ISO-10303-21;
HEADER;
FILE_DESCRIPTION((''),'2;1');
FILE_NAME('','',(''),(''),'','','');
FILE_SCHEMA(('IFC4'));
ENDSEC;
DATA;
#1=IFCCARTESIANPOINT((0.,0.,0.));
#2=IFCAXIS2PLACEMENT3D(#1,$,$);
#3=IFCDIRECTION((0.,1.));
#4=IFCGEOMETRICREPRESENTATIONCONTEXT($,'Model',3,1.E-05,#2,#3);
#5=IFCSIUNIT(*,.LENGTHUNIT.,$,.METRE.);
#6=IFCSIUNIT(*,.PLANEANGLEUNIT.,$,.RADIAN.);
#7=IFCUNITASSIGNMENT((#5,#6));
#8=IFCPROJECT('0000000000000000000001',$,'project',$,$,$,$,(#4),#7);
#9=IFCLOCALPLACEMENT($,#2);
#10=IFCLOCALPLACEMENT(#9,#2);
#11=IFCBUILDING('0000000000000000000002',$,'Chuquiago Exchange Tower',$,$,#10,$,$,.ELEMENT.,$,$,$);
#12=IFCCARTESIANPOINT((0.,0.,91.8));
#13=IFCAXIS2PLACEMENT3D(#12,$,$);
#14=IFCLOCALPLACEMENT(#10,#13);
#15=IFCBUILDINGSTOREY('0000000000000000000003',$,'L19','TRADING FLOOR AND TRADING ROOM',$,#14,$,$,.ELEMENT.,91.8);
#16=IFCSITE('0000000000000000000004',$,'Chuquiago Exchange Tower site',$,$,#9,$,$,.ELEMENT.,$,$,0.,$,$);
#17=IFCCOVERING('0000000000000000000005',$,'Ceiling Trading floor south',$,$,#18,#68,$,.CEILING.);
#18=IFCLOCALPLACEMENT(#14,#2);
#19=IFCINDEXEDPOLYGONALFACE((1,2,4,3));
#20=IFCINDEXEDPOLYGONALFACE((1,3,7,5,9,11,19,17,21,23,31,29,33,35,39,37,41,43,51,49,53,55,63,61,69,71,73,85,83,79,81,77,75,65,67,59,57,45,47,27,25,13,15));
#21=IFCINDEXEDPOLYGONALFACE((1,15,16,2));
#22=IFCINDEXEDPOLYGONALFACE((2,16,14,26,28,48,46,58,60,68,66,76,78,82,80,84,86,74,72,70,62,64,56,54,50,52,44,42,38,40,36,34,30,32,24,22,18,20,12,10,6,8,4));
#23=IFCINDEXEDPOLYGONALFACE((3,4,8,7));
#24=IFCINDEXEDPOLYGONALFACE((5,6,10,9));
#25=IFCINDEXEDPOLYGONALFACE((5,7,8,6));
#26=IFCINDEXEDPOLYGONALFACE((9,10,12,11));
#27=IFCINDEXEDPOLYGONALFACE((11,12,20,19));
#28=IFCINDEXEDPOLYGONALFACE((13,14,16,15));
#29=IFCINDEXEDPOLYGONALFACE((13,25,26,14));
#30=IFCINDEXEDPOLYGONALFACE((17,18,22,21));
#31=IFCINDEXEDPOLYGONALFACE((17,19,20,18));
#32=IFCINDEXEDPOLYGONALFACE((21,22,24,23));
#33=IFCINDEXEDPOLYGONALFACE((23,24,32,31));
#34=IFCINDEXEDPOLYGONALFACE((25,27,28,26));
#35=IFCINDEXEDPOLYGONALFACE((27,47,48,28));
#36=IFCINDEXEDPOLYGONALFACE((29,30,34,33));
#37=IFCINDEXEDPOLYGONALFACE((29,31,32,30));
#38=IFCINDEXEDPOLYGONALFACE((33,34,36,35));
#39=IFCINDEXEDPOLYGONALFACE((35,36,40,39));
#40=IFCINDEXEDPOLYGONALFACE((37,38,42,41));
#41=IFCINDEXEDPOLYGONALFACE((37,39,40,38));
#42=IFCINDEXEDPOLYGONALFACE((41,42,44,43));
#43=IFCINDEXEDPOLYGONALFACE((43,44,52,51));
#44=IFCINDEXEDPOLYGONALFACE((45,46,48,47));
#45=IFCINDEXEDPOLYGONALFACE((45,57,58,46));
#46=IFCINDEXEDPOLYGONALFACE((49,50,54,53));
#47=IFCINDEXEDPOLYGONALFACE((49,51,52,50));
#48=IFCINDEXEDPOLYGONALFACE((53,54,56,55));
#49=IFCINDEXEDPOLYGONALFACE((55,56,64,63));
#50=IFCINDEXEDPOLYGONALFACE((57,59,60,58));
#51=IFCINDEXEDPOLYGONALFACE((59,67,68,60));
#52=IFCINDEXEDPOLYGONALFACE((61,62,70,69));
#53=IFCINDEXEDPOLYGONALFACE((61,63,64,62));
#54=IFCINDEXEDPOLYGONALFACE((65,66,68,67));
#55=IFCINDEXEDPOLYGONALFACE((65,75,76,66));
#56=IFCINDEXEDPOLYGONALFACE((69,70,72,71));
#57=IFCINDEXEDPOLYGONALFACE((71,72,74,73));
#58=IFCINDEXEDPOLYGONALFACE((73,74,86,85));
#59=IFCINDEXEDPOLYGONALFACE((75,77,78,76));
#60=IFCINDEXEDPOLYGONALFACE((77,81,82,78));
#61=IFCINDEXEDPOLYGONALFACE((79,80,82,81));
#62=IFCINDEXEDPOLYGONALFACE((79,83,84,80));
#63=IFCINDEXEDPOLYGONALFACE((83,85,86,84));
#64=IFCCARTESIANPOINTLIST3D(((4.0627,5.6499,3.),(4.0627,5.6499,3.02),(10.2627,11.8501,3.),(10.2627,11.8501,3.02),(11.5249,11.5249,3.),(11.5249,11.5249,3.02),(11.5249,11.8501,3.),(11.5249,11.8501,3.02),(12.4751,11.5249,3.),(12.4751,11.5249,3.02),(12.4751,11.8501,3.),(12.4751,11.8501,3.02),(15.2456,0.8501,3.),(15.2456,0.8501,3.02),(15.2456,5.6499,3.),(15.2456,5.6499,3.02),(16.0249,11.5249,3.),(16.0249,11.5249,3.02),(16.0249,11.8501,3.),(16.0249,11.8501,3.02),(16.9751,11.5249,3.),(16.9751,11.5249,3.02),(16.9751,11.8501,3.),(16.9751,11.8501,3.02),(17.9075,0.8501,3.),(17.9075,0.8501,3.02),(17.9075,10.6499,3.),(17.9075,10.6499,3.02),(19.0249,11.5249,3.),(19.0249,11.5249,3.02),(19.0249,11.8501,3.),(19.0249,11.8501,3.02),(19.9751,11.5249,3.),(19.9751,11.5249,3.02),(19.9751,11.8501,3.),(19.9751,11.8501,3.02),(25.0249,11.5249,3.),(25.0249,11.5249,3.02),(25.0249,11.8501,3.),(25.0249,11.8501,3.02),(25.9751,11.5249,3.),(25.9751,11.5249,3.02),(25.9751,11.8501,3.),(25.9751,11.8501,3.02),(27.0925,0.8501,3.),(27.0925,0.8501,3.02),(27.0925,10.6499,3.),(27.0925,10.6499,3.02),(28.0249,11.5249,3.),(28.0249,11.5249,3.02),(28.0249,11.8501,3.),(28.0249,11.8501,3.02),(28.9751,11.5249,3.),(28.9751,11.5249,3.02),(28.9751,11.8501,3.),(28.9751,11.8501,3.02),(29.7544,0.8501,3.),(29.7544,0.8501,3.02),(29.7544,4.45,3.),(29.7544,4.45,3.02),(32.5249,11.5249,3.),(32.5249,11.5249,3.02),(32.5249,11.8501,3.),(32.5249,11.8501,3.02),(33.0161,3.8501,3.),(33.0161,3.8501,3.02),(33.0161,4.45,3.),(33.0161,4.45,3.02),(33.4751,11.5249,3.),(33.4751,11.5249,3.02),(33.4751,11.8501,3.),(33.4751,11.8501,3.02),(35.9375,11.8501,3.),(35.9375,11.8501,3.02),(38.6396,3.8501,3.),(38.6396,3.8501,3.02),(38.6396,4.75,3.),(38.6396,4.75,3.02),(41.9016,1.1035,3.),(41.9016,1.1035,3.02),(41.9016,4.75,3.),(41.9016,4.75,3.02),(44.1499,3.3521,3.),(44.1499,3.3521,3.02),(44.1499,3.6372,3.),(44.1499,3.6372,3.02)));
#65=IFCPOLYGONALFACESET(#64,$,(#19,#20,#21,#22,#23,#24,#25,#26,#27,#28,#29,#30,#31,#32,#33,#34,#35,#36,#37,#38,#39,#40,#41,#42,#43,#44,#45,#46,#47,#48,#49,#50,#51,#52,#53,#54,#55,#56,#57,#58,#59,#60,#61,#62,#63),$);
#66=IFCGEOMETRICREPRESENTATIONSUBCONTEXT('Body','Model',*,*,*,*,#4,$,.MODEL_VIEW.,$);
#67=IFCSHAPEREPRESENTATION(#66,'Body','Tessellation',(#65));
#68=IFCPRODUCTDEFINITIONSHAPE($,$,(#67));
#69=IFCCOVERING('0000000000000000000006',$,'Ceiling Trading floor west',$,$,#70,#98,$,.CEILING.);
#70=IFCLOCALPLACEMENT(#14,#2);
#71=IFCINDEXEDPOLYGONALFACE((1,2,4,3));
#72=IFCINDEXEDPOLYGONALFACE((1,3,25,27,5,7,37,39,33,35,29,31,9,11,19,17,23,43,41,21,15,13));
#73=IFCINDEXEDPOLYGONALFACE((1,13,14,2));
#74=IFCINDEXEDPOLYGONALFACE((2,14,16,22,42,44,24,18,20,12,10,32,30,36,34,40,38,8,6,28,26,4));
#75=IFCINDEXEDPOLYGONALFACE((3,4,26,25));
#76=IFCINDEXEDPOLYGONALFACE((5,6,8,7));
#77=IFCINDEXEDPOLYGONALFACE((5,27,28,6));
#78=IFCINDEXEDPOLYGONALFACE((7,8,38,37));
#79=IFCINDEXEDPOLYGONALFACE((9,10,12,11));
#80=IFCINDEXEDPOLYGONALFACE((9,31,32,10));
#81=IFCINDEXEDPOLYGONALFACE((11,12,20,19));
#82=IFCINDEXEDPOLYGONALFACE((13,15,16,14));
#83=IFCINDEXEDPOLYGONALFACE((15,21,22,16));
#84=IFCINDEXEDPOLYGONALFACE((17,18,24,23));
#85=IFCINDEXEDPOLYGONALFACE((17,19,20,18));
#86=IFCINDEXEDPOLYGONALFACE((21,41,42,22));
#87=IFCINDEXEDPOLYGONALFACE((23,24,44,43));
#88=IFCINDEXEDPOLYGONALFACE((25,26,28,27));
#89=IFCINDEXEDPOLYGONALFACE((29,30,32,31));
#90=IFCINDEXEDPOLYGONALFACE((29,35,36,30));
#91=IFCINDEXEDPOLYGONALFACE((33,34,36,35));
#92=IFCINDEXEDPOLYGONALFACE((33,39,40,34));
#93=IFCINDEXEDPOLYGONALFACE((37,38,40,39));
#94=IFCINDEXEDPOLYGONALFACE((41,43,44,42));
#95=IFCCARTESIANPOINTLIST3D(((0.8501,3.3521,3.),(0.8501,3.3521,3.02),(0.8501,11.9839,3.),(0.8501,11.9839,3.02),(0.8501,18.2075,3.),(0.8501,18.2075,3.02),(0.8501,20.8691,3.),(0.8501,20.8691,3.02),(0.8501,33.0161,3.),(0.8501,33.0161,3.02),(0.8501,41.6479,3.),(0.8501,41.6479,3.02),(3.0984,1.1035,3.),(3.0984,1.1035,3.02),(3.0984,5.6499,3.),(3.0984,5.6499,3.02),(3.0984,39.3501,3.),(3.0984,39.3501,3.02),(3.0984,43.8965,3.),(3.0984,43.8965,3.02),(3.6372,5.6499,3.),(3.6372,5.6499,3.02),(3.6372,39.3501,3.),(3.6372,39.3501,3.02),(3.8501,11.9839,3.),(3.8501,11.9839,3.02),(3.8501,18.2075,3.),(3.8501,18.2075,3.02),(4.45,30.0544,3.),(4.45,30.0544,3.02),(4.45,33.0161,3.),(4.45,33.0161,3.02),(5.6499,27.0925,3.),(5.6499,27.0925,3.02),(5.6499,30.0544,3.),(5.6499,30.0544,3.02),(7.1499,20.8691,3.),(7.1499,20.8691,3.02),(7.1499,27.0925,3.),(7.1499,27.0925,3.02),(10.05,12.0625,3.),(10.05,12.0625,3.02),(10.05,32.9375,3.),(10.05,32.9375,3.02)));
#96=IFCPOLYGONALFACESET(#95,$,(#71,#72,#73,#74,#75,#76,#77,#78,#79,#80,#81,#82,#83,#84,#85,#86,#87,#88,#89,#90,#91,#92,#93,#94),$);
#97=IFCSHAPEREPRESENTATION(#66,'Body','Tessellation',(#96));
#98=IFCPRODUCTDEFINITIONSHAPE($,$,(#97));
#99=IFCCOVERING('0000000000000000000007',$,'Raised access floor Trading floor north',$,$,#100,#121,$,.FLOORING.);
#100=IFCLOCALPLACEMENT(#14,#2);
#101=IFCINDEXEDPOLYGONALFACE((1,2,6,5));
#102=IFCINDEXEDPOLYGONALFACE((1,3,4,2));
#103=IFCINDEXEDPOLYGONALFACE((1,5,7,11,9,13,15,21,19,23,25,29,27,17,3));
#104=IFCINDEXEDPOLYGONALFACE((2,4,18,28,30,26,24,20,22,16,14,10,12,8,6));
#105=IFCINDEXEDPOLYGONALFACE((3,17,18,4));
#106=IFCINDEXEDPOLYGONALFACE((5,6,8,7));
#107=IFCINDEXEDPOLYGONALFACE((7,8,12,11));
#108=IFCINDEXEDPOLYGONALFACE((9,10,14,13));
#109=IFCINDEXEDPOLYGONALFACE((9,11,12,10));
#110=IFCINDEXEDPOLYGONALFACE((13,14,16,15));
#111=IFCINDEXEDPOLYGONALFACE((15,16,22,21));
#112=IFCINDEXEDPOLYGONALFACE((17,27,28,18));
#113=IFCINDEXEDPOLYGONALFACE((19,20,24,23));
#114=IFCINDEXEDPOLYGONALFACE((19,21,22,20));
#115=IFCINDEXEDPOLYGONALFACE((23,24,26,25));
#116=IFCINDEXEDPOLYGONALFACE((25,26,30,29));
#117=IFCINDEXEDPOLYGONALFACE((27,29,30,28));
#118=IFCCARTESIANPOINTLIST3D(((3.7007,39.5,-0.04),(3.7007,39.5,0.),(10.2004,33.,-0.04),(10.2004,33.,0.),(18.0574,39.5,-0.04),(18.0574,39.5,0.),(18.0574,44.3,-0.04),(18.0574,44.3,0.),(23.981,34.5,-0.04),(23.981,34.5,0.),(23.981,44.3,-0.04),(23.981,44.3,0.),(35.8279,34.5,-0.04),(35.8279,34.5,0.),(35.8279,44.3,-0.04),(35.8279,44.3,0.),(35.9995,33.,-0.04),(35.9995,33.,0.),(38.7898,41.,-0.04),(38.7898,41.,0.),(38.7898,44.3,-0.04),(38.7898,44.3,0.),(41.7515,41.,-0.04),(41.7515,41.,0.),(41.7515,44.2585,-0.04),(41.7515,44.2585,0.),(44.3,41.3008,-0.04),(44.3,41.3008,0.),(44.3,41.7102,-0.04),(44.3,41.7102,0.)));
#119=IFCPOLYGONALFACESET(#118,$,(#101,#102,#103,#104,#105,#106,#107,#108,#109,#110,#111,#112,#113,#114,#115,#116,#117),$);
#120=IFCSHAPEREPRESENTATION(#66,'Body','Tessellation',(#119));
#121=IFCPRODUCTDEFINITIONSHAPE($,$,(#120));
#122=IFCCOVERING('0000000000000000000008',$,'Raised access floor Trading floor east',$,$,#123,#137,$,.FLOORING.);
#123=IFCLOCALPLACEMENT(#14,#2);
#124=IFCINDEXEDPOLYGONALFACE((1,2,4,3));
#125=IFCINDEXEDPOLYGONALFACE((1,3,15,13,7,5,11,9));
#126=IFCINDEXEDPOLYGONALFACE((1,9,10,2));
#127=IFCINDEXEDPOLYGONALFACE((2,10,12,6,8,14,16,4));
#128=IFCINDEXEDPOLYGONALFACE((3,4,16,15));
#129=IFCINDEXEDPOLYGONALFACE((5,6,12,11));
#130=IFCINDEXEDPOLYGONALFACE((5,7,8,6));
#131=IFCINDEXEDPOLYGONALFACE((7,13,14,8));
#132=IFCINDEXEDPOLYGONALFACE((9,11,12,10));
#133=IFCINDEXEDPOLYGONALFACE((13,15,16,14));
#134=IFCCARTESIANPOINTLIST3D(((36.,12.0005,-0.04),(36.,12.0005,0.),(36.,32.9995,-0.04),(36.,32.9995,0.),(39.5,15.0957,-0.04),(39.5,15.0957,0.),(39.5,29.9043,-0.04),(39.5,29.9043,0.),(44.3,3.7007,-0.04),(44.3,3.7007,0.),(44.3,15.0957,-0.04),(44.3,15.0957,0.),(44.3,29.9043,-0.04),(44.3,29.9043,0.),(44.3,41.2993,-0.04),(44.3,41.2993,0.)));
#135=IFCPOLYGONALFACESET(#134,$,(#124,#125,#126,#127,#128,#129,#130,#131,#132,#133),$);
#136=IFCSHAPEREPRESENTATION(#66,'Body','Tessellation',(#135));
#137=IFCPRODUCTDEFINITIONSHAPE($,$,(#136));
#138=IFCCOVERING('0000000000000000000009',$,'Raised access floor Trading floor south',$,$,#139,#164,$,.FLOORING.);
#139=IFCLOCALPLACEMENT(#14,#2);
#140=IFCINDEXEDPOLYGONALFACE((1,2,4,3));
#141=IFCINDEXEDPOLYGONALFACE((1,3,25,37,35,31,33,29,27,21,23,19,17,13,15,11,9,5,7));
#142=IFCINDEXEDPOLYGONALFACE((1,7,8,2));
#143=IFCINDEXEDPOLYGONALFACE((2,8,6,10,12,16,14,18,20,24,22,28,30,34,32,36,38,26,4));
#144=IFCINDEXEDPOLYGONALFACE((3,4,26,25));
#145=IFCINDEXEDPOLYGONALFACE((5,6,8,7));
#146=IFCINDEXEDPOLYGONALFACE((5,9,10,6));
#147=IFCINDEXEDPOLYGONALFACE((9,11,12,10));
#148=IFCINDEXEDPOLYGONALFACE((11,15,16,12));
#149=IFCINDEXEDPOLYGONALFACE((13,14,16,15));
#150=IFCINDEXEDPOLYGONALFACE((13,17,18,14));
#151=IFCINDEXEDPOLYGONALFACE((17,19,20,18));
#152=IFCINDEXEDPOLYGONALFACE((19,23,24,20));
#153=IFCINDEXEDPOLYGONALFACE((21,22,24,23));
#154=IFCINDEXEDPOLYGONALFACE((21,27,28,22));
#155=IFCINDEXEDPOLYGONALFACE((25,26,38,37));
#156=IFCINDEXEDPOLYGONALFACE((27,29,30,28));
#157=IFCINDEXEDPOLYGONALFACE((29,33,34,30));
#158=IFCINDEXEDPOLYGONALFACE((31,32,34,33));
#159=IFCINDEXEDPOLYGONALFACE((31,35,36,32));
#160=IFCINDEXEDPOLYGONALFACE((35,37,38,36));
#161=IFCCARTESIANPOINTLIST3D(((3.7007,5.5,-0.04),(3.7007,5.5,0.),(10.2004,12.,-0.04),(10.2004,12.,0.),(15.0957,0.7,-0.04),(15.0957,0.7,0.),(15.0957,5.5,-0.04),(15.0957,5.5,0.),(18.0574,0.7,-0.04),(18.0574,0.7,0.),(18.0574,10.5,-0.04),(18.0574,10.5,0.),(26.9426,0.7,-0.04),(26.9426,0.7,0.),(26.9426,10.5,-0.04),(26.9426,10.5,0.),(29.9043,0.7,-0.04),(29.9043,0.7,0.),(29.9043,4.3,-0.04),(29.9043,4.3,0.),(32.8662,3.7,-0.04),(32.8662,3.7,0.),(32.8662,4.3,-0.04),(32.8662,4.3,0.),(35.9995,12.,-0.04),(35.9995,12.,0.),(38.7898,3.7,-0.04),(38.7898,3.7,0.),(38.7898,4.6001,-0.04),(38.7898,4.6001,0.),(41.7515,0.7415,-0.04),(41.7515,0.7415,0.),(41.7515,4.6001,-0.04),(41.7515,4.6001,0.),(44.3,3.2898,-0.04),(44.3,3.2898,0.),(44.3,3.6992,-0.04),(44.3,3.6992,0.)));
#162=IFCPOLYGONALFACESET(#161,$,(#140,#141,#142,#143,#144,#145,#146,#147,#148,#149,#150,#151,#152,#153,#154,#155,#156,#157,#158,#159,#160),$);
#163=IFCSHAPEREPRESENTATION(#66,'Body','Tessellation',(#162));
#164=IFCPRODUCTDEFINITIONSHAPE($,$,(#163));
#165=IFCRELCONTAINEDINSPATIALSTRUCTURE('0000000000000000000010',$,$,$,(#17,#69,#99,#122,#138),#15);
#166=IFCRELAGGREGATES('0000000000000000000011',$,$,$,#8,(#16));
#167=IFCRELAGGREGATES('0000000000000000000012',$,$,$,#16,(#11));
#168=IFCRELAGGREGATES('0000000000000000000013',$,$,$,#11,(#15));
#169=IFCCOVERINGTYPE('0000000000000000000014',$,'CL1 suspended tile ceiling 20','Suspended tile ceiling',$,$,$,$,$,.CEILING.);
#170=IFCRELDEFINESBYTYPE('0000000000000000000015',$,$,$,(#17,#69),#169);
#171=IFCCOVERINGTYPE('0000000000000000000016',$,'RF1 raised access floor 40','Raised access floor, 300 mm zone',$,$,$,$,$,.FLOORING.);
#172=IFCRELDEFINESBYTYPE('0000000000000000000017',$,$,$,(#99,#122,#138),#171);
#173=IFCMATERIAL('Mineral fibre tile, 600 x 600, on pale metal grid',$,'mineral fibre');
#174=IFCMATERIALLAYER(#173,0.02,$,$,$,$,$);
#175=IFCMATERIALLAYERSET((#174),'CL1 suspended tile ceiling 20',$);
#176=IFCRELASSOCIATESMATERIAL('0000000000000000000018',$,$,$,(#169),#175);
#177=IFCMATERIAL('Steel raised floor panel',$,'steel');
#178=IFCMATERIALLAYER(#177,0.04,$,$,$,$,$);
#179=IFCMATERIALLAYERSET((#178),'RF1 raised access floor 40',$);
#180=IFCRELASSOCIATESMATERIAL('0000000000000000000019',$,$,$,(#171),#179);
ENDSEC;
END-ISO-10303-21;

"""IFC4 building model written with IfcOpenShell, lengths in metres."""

from ifc_helpers import new_model, si_unit, direction, frame, origin, place, context, subcontext, project, spatial, polyline, outline, extrude, material, layer, layer_set, type_object, element, save


model = new_model("IFC4")

# Units and contexts
model_context = context("Model", 3, precision=1e-05, world=origin(), true_north=direction((0.0, 1.0)))
body_context = subcontext(model_context, "Body", "Model", "MODEL_VIEW")
ifc_project = project(units=[si_unit("LENGTHUNIT", "METRE"), si_unit("PLANEANGLEUNIT", "RADIAN")], contexts=[model_context])

# Site, building, storey
site_placement = place(None, origin())
site = spatial("IfcSite", under=ifc_project, at=site_placement, Name="Chuquiago Exchange Tower site", CompositionType="ELEMENT", RefElevation=0.0)
building_placement = place(site_placement, origin())
building = spatial("IfcBuilding", under=site, at=building_placement, Name="Chuquiago Exchange Tower", CompositionType="ELEMENT")
storey_placement = place(building_placement, frame((0.0, 0.0, 91.8)))
storey = spatial("IfcBuildingStorey", under=building, at=storey_placement, Name="L19", Description="TRADING FLOOR AND TRADING ROOM", CompositionType="ELEMENT", Elevation=91.8)

# Coverings
ifc_material_1 = material(Name="Mineral fibre tile, 600 x 600, on pale metal grid", Category="mineral fibre")
ifc_layer_1 = layer(ifc_material_1, 0.02)
ifc_layer_set_1 = layer_set([ifc_layer_1], Name="CL1 suspended tile ceiling 20")
covering_type_1 = type_object("IfcCoveringType", Name="CL1 suspended tile ceiling 20", Description="Suspended tile ceiling", PredefinedType="CEILING", material=ifc_layer_set_1)
covering_1_placement = place(storey_placement, frame((0.0, 0.0, 3.0)))
element("IfcCovering", 1, at=covering_1_placement, inside=storey, type_object=covering_type_1, Name="Ceiling Trading floor south", PredefinedType="CEILING", context=body_context, shape_type="SweptSolid", body=[
    extrude(outline(polyline([(41.9016, 1.1035), (41.9016, 4.75), (38.6396, 4.75), (38.6396, 3.8501), (33.0161, 3.8501), (33.0161, 4.45), (29.7544, 4.45), (29.7544, 0.8501), (27.0925, 0.8501), (27.0925, 10.6499), (17.9075, 10.6499), (17.9075, 0.8501), (15.2456, 0.8501), (15.2456, 5.6499), (4.0627, 5.6499), (10.2627, 11.8501), (11.5249, 11.8501), (11.5249, 11.5249), (12.4751, 11.5249), (12.4751, 11.8501), (16.0249, 11.8501), (16.0249, 11.5249), (16.9751, 11.5249), (16.9751, 11.8501), (19.0249, 11.8501), (19.0249, 11.5249), (19.9751, 11.5249), (19.9751, 11.8501), (25.0249, 11.8501), (25.0249, 11.5249), (25.9751, 11.5249), (25.9751, 11.8501), (28.0249, 11.8501), (28.0249, 11.5249), (28.9751, 11.5249), (28.9751, 11.8501), (32.5249, 11.8501), (32.5249, 11.5249), (33.4751, 11.5249), (33.4751, 11.8501), (35.9375, 11.8501), (44.1499, 3.6372), (44.1499, 3.3521), (41.9016, 1.1035)])), origin(), (0.0, 0.0, 1.0), 0.02),
])
covering_2_placement = place(storey_placement, frame((0.0, 0.0, 3.0)))
element("IfcCovering", 2, at=covering_2_placement, inside=storey, type_object=covering_type_1, Name="Ceiling Trading floor west", PredefinedType="CEILING", context=body_context, shape_type="SweptSolid", body=[
    extrude(outline(polyline([(3.0984, 39.3501), (3.6372, 39.3501), (10.05, 32.9375), (10.05, 12.0625), (3.6372, 5.6499), (3.0984, 5.6499), (3.0984, 1.1035), (0.8501, 3.3521), (0.8501, 11.9839), (3.8501, 11.9839), (3.8501, 18.2075), (0.8501, 18.2075), (0.8501, 20.8691), (7.1499, 20.8691), (7.1499, 27.0925), (5.6499, 27.0925), (5.6499, 30.0544), (4.45, 30.0544), (4.45, 33.0161), (0.8501, 33.0161), (0.8501, 41.6479), (3.0984, 43.8965), (3.0984, 39.3501)])), origin(), (0.0, 0.0, 1.0), 0.02),
])
ifc_material_2 = material(Name="Steel raised floor panel", Category="steel")
ifc_layer_2 = layer(ifc_material_2, 0.04)
ifc_layer_set_2 = layer_set([ifc_layer_2], Name="RF1 raised access floor 40")
covering_type_2 = type_object("IfcCoveringType", Name="RF1 raised access floor 40", Description="Raised access floor, 300 mm zone", PredefinedType="FLOORING", material=ifc_layer_set_2)
covering_3_placement = place(storey_placement, frame((0.0, 0.0, -0.04)))
element("IfcCovering", 3, at=covering_3_placement, inside=storey, type_object=covering_type_2, Name="Raised access floor Trading floor north", PredefinedType="FLOORING", context=body_context, shape_type="SweptSolid", body=[
    extrude(outline(polyline([(3.7007, 39.5), (18.0574, 39.5), (18.0574, 44.3), (23.981, 44.3), (23.981, 34.5), (35.8279, 34.5), (35.8279, 44.3), (38.7898, 44.3), (38.7898, 41.0), (41.7515, 41.0), (41.7515, 44.2585), (44.3, 41.7102), (44.3, 41.3008), (35.9995, 33.0), (10.2004, 33.0), (3.7007, 39.5)])), origin(), (0.0, 0.0, 1.0), 0.04),
])
covering_4_placement = place(storey_placement, frame((0.0, 0.0, -0.04)))
element("IfcCovering", 4, at=covering_4_placement, inside=storey, type_object=covering_type_2, Name="Raised access floor Trading floor east", PredefinedType="FLOORING", context=body_context, shape_type="SweptSolid", body=[
    extrude(outline(polyline([(44.3, 29.9043), (39.5, 29.9043), (39.5, 15.0957), (44.3, 15.0957), (44.3, 3.7007), (36.0, 12.0005), (36.0, 32.9995), (44.3, 41.2993), (44.3, 29.9043)])), origin(), (0.0, 0.0, 1.0), 0.04),
])
covering_5_placement = place(storey_placement, frame((0.0, 0.0, -0.04)))
element("IfcCovering", 5, at=covering_5_placement, inside=storey, type_object=covering_type_2, Name="Raised access floor Trading floor south", PredefinedType="FLOORING", context=body_context, shape_type="SweptSolid", body=[
    extrude(outline(polyline([(44.3, 3.2898), (41.7515, 0.7415), (41.7515, 4.6001), (38.7898, 4.6001), (38.7898, 3.7), (32.8662, 3.7), (32.8662, 4.3), (29.9043, 4.3), (29.9043, 0.7), (26.9426, 0.7), (26.9426, 10.5), (18.0574, 10.5), (18.0574, 0.7), (15.0957, 0.7), (15.0957, 5.5), (3.7007, 5.5), (10.2004, 12.0), (35.9995, 12.0), (44.3, 3.6992), (44.3, 3.2898)])), origin(), (0.0, 0.0, 1.0), 0.04),
])

save(model, "model.ifc")
